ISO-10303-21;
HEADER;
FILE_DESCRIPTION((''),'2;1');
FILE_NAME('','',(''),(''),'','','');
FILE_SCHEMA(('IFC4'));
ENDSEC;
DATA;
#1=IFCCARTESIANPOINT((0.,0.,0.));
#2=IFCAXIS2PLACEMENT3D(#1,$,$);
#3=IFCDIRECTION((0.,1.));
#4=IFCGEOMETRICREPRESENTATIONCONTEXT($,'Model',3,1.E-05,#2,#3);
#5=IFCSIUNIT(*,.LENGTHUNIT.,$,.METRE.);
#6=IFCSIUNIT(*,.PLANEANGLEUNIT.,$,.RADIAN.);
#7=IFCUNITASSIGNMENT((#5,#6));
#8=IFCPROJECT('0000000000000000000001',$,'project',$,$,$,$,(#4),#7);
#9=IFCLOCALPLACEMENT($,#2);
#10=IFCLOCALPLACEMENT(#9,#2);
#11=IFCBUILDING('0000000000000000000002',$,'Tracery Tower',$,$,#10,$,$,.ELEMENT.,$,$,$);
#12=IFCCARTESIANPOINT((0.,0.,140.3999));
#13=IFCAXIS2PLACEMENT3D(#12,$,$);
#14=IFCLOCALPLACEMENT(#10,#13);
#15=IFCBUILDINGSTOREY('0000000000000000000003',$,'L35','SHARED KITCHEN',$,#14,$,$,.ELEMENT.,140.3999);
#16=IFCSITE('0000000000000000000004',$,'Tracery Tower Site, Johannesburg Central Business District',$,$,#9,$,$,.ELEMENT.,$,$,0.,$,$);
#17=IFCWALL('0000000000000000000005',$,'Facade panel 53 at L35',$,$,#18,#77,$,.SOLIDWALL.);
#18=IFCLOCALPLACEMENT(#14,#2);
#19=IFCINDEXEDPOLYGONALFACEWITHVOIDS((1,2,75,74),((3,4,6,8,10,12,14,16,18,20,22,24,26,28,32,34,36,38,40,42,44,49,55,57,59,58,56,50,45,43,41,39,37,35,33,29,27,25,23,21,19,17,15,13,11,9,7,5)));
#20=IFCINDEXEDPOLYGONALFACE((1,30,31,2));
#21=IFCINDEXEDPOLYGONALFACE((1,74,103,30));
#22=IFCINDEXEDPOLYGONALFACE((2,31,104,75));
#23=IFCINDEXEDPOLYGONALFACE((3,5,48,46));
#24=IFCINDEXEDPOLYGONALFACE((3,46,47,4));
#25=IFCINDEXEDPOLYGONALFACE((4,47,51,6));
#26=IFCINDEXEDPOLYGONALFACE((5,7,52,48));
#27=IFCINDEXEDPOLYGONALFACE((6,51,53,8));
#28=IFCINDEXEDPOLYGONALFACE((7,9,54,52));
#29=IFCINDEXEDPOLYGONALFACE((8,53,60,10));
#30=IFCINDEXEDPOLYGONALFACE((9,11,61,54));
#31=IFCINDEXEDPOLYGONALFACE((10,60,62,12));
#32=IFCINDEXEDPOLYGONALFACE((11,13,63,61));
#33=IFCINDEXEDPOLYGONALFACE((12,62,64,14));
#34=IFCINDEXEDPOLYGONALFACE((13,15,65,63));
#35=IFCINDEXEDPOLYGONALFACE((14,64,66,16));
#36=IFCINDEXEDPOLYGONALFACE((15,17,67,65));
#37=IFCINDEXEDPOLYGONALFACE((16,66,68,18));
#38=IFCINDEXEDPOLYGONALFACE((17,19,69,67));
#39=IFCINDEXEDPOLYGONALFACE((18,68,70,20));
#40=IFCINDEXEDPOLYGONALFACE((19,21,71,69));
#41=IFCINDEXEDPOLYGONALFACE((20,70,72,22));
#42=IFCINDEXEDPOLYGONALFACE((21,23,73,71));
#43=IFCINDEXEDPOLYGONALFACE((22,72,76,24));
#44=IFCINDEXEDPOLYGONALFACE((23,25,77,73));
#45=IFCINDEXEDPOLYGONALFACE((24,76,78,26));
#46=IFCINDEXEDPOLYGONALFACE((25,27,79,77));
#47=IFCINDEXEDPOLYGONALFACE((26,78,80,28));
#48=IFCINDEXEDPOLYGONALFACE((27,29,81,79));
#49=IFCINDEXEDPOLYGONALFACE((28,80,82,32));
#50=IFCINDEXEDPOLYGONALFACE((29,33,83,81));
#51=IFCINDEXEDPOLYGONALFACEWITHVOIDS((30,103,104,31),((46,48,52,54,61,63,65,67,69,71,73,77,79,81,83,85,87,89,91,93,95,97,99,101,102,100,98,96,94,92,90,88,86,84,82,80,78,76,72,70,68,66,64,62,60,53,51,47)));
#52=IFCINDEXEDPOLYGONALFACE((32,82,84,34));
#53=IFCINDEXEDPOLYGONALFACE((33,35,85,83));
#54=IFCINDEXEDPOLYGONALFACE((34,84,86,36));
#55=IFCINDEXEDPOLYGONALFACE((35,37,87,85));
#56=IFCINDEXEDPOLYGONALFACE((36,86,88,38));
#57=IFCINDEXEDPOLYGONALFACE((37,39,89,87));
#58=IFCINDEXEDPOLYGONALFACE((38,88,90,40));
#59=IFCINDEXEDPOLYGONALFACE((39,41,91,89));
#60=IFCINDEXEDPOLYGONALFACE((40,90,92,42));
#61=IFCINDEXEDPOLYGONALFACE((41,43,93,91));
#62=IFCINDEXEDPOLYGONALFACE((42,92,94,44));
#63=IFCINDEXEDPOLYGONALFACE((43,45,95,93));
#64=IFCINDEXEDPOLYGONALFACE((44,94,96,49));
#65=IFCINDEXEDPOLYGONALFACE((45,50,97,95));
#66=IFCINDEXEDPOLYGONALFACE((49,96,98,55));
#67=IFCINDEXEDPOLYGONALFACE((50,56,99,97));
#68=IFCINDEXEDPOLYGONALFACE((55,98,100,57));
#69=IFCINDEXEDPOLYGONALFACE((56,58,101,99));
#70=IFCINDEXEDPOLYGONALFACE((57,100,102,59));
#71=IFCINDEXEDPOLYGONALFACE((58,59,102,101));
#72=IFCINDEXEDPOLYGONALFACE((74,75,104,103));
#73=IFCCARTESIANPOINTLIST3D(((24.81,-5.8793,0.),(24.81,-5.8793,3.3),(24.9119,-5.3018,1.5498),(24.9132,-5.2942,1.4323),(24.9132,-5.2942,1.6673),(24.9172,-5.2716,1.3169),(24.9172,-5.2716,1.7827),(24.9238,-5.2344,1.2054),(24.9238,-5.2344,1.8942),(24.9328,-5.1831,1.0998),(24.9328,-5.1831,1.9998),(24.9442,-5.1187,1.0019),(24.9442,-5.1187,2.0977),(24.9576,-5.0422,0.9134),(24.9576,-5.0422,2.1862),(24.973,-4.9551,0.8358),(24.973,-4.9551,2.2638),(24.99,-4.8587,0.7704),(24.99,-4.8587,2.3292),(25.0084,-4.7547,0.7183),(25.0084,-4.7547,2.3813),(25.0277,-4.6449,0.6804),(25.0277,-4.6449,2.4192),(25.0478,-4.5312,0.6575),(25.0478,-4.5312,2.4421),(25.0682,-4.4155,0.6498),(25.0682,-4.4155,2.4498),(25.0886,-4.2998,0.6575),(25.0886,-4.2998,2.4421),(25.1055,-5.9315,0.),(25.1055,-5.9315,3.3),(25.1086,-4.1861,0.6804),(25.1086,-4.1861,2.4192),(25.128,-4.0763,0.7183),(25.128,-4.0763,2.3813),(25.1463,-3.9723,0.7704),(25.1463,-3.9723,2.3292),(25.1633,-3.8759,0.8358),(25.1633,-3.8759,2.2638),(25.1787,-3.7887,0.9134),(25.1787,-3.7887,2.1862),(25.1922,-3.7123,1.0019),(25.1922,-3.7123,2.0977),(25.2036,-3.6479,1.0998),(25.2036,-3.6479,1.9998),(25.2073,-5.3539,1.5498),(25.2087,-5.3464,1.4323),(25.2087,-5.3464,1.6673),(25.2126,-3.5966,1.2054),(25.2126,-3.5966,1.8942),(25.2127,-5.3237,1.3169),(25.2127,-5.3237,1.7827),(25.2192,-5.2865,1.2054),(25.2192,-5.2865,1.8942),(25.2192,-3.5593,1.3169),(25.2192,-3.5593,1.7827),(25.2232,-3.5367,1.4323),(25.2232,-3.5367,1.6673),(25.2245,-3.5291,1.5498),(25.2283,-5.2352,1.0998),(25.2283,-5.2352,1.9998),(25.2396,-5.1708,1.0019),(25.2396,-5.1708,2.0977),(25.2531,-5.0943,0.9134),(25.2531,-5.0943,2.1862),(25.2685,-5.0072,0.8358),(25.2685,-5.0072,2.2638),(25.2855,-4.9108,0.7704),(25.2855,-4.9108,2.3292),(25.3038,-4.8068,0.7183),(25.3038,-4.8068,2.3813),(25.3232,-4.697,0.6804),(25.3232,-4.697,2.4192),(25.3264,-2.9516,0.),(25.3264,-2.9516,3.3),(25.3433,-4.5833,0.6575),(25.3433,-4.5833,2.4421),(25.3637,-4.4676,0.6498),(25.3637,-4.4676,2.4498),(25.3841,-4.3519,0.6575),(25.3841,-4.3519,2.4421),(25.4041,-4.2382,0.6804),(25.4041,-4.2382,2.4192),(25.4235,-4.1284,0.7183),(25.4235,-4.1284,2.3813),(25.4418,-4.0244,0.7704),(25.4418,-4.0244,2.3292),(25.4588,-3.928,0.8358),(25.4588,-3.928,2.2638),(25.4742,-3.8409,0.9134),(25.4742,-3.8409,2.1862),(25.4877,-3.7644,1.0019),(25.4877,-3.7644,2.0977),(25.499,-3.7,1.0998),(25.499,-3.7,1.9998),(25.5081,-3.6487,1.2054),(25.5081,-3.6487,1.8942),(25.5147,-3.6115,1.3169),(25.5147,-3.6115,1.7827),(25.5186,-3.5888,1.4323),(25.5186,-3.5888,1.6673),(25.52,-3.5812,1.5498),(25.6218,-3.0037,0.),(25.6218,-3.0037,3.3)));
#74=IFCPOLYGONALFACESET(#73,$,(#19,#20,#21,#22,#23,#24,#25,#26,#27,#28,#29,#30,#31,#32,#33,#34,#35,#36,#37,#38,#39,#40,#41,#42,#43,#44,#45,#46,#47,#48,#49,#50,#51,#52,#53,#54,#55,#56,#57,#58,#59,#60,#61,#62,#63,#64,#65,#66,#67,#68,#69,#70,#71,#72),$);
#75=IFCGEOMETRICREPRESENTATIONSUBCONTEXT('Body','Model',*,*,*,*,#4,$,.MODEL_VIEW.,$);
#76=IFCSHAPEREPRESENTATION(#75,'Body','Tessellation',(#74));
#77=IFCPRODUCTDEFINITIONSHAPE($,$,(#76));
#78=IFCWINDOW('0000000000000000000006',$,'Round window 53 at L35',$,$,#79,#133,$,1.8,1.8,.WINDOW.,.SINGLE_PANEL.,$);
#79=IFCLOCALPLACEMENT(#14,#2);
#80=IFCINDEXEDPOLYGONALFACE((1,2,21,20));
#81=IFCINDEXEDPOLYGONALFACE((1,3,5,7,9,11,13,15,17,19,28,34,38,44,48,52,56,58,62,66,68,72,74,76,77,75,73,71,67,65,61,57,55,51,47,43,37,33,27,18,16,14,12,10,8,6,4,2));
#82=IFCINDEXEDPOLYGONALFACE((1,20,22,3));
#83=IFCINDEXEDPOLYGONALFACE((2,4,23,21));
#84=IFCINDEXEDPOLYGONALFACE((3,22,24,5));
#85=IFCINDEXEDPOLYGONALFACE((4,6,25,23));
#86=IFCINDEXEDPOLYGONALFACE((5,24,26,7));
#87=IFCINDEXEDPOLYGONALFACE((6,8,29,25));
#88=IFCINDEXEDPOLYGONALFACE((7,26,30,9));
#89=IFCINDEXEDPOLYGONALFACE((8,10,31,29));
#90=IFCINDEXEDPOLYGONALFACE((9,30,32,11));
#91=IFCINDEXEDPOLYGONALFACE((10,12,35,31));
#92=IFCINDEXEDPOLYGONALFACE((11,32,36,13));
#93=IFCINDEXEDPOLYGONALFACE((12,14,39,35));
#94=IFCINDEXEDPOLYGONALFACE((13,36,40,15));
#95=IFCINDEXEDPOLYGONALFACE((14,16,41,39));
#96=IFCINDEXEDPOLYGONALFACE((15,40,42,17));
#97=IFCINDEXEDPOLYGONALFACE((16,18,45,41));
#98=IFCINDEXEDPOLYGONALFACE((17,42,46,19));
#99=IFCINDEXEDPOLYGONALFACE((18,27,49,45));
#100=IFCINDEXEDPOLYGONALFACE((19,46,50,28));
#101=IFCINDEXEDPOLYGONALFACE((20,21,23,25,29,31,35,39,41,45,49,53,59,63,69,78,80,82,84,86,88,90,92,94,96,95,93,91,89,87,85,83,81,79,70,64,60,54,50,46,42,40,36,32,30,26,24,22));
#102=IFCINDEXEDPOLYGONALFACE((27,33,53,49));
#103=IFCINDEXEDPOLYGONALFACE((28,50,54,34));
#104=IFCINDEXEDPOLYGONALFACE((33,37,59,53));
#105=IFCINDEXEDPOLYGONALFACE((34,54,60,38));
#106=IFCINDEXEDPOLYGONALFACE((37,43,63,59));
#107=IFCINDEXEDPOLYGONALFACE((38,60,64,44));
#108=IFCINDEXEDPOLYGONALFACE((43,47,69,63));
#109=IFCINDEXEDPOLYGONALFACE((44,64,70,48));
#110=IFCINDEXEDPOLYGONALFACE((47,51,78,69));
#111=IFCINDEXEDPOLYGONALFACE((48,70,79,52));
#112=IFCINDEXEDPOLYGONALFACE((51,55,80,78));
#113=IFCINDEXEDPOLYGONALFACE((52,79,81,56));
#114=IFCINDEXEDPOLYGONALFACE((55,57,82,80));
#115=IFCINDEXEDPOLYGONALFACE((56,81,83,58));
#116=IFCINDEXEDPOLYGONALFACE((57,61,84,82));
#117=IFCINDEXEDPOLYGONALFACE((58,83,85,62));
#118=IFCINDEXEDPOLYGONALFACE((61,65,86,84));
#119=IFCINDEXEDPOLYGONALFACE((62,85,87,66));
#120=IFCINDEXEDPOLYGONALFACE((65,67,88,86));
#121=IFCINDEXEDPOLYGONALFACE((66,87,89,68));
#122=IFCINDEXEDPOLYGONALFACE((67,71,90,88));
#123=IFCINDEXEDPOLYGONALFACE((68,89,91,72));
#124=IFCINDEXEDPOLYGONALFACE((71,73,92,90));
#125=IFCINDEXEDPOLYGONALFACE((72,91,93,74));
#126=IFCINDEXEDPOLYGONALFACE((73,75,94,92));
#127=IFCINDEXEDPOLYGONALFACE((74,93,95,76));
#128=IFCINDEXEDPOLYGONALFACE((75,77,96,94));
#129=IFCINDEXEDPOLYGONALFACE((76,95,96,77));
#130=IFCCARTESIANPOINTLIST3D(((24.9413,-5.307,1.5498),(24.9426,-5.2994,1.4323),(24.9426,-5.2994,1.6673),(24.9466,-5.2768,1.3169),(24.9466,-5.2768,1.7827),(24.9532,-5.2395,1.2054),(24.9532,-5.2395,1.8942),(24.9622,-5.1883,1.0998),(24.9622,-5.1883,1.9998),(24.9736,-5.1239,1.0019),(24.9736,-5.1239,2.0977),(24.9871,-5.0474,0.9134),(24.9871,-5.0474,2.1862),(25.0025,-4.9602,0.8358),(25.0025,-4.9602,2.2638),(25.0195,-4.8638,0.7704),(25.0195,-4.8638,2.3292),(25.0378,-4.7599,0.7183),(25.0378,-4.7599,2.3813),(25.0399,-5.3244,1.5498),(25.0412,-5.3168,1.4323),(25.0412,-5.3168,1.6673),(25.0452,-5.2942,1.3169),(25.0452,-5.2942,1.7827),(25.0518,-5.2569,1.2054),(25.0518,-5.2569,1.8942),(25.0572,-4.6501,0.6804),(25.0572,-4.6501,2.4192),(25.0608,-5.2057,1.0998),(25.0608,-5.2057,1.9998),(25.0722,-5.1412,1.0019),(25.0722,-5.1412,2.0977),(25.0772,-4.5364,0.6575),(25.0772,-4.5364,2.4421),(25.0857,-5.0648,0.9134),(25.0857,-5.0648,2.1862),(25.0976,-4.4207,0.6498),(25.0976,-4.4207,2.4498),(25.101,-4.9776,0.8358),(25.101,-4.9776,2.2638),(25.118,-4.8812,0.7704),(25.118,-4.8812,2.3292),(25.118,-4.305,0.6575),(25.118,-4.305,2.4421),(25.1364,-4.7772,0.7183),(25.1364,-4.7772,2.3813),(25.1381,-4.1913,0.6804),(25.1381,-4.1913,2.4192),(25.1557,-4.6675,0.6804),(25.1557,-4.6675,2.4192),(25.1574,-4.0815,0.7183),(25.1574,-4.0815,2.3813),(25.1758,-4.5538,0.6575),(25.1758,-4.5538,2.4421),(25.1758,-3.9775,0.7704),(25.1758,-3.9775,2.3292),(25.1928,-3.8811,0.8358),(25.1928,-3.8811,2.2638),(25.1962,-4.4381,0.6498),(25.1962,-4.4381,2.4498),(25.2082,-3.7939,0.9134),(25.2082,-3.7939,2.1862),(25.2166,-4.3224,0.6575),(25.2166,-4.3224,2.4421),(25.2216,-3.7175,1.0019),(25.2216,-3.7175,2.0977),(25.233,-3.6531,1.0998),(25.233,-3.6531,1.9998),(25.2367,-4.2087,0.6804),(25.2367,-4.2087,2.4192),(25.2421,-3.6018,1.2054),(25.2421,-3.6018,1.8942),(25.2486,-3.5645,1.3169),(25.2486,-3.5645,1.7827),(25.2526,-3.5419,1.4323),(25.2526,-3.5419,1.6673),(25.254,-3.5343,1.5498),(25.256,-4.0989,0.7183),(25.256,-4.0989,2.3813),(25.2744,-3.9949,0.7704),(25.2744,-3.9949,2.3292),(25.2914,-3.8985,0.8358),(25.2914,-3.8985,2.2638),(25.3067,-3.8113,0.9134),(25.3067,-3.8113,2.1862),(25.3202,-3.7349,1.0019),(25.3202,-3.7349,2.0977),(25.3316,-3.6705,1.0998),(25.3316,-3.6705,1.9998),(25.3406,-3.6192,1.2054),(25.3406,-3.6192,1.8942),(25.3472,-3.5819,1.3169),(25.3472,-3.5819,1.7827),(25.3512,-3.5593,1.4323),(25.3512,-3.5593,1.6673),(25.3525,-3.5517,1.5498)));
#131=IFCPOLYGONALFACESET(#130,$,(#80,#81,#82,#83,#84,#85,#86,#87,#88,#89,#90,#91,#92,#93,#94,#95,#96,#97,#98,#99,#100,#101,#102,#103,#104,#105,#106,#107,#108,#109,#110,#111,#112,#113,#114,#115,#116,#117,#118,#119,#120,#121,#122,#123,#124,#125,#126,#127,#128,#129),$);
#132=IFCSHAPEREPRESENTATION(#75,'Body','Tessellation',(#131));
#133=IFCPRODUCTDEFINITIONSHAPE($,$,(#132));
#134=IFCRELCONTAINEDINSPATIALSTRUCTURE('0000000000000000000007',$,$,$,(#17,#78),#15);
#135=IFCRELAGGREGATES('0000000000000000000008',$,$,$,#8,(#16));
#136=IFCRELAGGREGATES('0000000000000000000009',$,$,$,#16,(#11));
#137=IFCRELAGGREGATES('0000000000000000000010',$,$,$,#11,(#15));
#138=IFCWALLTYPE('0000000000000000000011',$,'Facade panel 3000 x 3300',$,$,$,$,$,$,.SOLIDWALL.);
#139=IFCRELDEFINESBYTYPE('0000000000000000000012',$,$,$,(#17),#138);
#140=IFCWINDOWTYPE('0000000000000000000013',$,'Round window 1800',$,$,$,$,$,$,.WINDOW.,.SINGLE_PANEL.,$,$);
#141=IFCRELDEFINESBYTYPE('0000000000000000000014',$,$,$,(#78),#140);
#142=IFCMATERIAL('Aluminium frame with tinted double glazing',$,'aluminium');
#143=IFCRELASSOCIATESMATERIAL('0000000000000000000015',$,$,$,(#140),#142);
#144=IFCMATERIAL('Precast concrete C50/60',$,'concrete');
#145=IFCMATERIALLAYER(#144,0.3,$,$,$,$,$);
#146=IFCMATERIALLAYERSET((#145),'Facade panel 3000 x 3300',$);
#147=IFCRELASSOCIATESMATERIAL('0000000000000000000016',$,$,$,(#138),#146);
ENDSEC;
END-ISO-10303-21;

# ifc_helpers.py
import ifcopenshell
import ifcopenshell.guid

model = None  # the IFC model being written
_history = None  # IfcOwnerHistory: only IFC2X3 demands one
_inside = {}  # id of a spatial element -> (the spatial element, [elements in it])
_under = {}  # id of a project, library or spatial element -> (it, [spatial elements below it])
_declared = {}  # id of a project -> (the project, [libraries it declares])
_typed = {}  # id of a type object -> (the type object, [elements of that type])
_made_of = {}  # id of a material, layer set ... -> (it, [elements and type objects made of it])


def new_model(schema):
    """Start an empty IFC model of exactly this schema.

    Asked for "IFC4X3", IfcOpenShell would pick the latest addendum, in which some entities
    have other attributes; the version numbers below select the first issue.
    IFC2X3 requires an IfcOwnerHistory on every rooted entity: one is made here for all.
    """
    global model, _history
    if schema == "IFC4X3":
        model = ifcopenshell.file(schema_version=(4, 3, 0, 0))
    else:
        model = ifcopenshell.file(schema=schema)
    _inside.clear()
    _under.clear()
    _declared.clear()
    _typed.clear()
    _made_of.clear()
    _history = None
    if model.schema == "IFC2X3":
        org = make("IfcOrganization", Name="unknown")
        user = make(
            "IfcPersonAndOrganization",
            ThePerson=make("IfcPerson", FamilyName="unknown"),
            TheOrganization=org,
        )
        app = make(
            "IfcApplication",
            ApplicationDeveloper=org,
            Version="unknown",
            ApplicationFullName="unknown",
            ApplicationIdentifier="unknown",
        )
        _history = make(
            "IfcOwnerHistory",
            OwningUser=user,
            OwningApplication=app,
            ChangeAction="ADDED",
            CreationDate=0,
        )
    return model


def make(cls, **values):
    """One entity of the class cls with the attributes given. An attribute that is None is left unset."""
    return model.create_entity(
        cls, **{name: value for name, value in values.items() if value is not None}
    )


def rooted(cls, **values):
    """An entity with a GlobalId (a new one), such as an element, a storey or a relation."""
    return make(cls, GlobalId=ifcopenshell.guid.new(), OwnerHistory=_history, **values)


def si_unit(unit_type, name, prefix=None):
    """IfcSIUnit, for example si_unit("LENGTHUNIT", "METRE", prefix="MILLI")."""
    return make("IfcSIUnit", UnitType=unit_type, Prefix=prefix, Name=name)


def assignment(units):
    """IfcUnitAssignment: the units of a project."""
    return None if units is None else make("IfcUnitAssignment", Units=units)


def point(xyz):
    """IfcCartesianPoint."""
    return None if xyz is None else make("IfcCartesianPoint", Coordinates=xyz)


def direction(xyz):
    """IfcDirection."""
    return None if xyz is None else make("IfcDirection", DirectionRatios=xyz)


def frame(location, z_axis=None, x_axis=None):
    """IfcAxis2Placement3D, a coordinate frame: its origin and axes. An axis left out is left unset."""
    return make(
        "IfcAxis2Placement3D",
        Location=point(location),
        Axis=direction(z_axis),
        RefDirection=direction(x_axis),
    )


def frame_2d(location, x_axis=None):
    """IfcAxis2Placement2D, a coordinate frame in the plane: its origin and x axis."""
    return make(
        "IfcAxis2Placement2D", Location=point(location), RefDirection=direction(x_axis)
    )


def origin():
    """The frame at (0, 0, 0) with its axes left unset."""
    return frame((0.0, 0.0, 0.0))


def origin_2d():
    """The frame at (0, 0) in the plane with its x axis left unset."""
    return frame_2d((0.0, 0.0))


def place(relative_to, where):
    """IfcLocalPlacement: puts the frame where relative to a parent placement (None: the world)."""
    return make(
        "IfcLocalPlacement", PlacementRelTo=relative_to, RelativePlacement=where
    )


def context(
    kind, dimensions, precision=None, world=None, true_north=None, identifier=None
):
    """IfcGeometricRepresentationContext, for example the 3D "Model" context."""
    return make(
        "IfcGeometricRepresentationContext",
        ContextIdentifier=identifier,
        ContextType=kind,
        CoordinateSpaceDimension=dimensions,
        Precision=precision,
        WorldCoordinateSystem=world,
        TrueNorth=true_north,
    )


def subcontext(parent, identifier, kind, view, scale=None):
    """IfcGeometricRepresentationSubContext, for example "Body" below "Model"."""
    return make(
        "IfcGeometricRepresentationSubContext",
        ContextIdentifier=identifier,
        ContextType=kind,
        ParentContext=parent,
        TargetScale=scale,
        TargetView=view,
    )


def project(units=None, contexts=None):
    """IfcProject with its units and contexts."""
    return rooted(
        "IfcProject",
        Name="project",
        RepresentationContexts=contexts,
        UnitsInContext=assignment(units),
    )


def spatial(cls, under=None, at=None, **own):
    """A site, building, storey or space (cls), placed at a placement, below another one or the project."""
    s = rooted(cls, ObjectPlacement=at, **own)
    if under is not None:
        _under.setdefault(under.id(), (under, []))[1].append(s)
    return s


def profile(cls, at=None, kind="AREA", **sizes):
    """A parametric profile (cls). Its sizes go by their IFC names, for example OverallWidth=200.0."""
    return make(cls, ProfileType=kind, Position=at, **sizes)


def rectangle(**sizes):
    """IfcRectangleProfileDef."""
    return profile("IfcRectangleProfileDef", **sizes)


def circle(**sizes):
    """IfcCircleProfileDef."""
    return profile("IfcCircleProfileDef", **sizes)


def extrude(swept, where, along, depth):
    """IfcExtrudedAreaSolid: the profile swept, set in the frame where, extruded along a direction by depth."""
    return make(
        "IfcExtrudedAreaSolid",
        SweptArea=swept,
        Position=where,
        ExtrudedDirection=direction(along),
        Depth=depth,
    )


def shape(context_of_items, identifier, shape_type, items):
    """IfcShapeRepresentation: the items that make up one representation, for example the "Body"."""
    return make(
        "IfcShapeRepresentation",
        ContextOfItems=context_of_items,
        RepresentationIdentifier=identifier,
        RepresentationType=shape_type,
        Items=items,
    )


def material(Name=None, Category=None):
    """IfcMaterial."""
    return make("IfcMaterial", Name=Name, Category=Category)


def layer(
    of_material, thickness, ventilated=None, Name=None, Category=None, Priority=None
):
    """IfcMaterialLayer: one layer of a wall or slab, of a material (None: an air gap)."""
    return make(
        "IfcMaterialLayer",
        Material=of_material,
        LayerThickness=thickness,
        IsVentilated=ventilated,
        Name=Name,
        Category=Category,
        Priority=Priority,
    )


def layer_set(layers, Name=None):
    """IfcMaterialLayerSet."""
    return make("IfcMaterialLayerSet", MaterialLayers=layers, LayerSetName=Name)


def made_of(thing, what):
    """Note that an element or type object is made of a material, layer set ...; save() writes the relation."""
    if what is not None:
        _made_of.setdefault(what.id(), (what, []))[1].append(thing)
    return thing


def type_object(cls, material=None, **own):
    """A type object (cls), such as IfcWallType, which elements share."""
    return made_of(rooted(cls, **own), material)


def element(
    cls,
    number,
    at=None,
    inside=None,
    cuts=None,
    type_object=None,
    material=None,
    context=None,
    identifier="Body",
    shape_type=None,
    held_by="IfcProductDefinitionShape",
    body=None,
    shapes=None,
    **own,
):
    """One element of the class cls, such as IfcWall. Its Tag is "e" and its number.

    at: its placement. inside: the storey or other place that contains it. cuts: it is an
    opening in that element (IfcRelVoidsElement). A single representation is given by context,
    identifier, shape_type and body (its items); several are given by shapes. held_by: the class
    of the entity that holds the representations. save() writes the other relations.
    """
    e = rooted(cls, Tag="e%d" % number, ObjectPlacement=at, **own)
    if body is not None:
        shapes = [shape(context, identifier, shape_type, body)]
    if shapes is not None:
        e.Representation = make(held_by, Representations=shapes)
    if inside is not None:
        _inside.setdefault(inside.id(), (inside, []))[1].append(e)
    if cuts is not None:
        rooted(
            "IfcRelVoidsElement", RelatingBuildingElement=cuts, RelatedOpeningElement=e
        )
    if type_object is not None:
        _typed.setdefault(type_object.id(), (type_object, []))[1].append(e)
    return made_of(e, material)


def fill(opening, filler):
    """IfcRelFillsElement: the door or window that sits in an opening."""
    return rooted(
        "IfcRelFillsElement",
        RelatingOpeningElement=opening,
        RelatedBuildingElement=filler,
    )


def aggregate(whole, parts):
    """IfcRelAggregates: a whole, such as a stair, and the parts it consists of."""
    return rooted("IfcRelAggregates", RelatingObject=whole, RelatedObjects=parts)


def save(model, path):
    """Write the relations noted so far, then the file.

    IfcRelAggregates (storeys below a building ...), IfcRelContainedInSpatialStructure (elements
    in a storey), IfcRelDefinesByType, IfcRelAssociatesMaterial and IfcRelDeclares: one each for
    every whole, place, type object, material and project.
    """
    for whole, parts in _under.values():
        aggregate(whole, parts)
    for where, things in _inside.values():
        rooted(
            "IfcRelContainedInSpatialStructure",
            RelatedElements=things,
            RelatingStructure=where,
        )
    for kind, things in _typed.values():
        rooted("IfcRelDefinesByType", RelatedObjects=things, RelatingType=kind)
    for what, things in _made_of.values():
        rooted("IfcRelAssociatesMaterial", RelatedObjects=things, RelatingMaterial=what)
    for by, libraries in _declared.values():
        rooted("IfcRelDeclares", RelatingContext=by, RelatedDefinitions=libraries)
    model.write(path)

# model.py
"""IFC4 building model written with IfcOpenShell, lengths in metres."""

from ifc_helpers import new_model, si_unit, direction, frame, frame_2d, origin, origin_2d, place, context, subcontext, project, spatial, rectangle, circle, extrude, material, layer, layer_set, type_object, element, fill, save


model = new_model("IFC4")

# Units and contexts
model_context = context("Model", 3, precision=1e-05, world=origin(), true_north=direction((0.0, 1.0)))
body_context = subcontext(model_context, "Body", "Model", "MODEL_VIEW")
ifc_project = project(units=[si_unit("LENGTHUNIT", "METRE"), si_unit("PLANEANGLEUNIT", "RADIAN")], contexts=[model_context])

# Site, building, storey
site_placement = place(None, origin())
site = spatial("IfcSite", under=ifc_project, at=site_placement, Name="Tracery Tower Site, Johannesburg Central Business District", CompositionType="ELEMENT", RefElevation=0.0)
building_placement = place(site_placement, origin())
building = spatial("IfcBuilding", under=site, at=building_placement, Name="Tracery Tower", CompositionType="ELEMENT")
storey_placement = place(building_placement, frame((0.0, 0.0, 140.3999)))
storey = spatial("IfcBuildingStorey", under=building, at=storey_placement, Name="L35", Description="SHARED KITCHEN", CompositionType="ELEMENT", Elevation=140.3999)

# Wall, opening, window
ifc_material_1 = material(Name="Aluminium frame with tinted double glazing", Category="aluminium")
window_type = type_object("IfcWindowType", Name="Round window 1800", PartitioningType="SINGLE_PANEL", PredefinedType="WINDOW", material=ifc_material_1)
ifc_material_2 = material(Name="Precast concrete C50/60", Category="concrete")
ifc_layer_1 = layer(ifc_material_2, 0.3)
ifc_layer_set_1 = layer_set([ifc_layer_1], Name="Facade panel 3000 x 3300")
wall_type_1 = type_object("IfcWallType", Name="Facade panel 3000 x 3300", PredefinedType="SOLIDWALL", material=ifc_layer_set_1)
wall_1_placement = place(storey_placement, frame((24.9578, -5.9053, 0.0), z_axis=(0.0, 0.0, 1.0), x_axis=(0.173687, 0.984801, 0.0)))
wall_1 = element("IfcWall", 1, at=wall_1_placement, inside=storey, type_object=wall_type_1, Name="Facade panel 53 at L35", PredefinedType="SOLIDWALL", context=body_context, shape_type="SweptSolid", body=[
    extrude(rectangle(XDim=2.9729, YDim=0.3, at=frame_2d((1.4863, 0.0))), origin(), (0.0, 0.0, 1.0), 3.3),
])
opening_1_placement = place(wall_1_placement, frame((1.4863, 0.0, 1.5498)))
opening_1 = element("IfcOpeningElement", 2, at=opening_1_placement, cuts=wall_1, PredefinedType="OPENING", context=body_context, shape_type="SweptSolid", body=[
    extrude(circle(Radius=0.9, at=origin_2d()), frame((0.0, 0.1599, 0.0), z_axis=(0.0, -1.0, 0.0), x_axis=(1.0, 0.0, 0.0)), (0.0, 0.0, 1.0), 0.3201),
])
window_1_placement = place(opening_1_placement, origin())
window_1 = element("IfcWindow", 3, at=window_1_placement, inside=storey, type_object=window_type, Name="Round window 53 at L35", OverallHeight=1.8, OverallWidth=1.8, PartitioningType="SINGLE_PANEL", PredefinedType="WINDOW", context=body_context, shape_type="SweptSolid", body=[
    extrude(circle(Radius=0.9, at=origin_2d()), frame((0.0, 0.1201, 0.0), z_axis=(0.0, -1.0, 0.0), x_axis=(1.0, 0.0, 0.0)), (0.0, 0.0, 1.0), 0.1001),
])
fill(opening_1, window_1)

save(model, "model.ifc")
